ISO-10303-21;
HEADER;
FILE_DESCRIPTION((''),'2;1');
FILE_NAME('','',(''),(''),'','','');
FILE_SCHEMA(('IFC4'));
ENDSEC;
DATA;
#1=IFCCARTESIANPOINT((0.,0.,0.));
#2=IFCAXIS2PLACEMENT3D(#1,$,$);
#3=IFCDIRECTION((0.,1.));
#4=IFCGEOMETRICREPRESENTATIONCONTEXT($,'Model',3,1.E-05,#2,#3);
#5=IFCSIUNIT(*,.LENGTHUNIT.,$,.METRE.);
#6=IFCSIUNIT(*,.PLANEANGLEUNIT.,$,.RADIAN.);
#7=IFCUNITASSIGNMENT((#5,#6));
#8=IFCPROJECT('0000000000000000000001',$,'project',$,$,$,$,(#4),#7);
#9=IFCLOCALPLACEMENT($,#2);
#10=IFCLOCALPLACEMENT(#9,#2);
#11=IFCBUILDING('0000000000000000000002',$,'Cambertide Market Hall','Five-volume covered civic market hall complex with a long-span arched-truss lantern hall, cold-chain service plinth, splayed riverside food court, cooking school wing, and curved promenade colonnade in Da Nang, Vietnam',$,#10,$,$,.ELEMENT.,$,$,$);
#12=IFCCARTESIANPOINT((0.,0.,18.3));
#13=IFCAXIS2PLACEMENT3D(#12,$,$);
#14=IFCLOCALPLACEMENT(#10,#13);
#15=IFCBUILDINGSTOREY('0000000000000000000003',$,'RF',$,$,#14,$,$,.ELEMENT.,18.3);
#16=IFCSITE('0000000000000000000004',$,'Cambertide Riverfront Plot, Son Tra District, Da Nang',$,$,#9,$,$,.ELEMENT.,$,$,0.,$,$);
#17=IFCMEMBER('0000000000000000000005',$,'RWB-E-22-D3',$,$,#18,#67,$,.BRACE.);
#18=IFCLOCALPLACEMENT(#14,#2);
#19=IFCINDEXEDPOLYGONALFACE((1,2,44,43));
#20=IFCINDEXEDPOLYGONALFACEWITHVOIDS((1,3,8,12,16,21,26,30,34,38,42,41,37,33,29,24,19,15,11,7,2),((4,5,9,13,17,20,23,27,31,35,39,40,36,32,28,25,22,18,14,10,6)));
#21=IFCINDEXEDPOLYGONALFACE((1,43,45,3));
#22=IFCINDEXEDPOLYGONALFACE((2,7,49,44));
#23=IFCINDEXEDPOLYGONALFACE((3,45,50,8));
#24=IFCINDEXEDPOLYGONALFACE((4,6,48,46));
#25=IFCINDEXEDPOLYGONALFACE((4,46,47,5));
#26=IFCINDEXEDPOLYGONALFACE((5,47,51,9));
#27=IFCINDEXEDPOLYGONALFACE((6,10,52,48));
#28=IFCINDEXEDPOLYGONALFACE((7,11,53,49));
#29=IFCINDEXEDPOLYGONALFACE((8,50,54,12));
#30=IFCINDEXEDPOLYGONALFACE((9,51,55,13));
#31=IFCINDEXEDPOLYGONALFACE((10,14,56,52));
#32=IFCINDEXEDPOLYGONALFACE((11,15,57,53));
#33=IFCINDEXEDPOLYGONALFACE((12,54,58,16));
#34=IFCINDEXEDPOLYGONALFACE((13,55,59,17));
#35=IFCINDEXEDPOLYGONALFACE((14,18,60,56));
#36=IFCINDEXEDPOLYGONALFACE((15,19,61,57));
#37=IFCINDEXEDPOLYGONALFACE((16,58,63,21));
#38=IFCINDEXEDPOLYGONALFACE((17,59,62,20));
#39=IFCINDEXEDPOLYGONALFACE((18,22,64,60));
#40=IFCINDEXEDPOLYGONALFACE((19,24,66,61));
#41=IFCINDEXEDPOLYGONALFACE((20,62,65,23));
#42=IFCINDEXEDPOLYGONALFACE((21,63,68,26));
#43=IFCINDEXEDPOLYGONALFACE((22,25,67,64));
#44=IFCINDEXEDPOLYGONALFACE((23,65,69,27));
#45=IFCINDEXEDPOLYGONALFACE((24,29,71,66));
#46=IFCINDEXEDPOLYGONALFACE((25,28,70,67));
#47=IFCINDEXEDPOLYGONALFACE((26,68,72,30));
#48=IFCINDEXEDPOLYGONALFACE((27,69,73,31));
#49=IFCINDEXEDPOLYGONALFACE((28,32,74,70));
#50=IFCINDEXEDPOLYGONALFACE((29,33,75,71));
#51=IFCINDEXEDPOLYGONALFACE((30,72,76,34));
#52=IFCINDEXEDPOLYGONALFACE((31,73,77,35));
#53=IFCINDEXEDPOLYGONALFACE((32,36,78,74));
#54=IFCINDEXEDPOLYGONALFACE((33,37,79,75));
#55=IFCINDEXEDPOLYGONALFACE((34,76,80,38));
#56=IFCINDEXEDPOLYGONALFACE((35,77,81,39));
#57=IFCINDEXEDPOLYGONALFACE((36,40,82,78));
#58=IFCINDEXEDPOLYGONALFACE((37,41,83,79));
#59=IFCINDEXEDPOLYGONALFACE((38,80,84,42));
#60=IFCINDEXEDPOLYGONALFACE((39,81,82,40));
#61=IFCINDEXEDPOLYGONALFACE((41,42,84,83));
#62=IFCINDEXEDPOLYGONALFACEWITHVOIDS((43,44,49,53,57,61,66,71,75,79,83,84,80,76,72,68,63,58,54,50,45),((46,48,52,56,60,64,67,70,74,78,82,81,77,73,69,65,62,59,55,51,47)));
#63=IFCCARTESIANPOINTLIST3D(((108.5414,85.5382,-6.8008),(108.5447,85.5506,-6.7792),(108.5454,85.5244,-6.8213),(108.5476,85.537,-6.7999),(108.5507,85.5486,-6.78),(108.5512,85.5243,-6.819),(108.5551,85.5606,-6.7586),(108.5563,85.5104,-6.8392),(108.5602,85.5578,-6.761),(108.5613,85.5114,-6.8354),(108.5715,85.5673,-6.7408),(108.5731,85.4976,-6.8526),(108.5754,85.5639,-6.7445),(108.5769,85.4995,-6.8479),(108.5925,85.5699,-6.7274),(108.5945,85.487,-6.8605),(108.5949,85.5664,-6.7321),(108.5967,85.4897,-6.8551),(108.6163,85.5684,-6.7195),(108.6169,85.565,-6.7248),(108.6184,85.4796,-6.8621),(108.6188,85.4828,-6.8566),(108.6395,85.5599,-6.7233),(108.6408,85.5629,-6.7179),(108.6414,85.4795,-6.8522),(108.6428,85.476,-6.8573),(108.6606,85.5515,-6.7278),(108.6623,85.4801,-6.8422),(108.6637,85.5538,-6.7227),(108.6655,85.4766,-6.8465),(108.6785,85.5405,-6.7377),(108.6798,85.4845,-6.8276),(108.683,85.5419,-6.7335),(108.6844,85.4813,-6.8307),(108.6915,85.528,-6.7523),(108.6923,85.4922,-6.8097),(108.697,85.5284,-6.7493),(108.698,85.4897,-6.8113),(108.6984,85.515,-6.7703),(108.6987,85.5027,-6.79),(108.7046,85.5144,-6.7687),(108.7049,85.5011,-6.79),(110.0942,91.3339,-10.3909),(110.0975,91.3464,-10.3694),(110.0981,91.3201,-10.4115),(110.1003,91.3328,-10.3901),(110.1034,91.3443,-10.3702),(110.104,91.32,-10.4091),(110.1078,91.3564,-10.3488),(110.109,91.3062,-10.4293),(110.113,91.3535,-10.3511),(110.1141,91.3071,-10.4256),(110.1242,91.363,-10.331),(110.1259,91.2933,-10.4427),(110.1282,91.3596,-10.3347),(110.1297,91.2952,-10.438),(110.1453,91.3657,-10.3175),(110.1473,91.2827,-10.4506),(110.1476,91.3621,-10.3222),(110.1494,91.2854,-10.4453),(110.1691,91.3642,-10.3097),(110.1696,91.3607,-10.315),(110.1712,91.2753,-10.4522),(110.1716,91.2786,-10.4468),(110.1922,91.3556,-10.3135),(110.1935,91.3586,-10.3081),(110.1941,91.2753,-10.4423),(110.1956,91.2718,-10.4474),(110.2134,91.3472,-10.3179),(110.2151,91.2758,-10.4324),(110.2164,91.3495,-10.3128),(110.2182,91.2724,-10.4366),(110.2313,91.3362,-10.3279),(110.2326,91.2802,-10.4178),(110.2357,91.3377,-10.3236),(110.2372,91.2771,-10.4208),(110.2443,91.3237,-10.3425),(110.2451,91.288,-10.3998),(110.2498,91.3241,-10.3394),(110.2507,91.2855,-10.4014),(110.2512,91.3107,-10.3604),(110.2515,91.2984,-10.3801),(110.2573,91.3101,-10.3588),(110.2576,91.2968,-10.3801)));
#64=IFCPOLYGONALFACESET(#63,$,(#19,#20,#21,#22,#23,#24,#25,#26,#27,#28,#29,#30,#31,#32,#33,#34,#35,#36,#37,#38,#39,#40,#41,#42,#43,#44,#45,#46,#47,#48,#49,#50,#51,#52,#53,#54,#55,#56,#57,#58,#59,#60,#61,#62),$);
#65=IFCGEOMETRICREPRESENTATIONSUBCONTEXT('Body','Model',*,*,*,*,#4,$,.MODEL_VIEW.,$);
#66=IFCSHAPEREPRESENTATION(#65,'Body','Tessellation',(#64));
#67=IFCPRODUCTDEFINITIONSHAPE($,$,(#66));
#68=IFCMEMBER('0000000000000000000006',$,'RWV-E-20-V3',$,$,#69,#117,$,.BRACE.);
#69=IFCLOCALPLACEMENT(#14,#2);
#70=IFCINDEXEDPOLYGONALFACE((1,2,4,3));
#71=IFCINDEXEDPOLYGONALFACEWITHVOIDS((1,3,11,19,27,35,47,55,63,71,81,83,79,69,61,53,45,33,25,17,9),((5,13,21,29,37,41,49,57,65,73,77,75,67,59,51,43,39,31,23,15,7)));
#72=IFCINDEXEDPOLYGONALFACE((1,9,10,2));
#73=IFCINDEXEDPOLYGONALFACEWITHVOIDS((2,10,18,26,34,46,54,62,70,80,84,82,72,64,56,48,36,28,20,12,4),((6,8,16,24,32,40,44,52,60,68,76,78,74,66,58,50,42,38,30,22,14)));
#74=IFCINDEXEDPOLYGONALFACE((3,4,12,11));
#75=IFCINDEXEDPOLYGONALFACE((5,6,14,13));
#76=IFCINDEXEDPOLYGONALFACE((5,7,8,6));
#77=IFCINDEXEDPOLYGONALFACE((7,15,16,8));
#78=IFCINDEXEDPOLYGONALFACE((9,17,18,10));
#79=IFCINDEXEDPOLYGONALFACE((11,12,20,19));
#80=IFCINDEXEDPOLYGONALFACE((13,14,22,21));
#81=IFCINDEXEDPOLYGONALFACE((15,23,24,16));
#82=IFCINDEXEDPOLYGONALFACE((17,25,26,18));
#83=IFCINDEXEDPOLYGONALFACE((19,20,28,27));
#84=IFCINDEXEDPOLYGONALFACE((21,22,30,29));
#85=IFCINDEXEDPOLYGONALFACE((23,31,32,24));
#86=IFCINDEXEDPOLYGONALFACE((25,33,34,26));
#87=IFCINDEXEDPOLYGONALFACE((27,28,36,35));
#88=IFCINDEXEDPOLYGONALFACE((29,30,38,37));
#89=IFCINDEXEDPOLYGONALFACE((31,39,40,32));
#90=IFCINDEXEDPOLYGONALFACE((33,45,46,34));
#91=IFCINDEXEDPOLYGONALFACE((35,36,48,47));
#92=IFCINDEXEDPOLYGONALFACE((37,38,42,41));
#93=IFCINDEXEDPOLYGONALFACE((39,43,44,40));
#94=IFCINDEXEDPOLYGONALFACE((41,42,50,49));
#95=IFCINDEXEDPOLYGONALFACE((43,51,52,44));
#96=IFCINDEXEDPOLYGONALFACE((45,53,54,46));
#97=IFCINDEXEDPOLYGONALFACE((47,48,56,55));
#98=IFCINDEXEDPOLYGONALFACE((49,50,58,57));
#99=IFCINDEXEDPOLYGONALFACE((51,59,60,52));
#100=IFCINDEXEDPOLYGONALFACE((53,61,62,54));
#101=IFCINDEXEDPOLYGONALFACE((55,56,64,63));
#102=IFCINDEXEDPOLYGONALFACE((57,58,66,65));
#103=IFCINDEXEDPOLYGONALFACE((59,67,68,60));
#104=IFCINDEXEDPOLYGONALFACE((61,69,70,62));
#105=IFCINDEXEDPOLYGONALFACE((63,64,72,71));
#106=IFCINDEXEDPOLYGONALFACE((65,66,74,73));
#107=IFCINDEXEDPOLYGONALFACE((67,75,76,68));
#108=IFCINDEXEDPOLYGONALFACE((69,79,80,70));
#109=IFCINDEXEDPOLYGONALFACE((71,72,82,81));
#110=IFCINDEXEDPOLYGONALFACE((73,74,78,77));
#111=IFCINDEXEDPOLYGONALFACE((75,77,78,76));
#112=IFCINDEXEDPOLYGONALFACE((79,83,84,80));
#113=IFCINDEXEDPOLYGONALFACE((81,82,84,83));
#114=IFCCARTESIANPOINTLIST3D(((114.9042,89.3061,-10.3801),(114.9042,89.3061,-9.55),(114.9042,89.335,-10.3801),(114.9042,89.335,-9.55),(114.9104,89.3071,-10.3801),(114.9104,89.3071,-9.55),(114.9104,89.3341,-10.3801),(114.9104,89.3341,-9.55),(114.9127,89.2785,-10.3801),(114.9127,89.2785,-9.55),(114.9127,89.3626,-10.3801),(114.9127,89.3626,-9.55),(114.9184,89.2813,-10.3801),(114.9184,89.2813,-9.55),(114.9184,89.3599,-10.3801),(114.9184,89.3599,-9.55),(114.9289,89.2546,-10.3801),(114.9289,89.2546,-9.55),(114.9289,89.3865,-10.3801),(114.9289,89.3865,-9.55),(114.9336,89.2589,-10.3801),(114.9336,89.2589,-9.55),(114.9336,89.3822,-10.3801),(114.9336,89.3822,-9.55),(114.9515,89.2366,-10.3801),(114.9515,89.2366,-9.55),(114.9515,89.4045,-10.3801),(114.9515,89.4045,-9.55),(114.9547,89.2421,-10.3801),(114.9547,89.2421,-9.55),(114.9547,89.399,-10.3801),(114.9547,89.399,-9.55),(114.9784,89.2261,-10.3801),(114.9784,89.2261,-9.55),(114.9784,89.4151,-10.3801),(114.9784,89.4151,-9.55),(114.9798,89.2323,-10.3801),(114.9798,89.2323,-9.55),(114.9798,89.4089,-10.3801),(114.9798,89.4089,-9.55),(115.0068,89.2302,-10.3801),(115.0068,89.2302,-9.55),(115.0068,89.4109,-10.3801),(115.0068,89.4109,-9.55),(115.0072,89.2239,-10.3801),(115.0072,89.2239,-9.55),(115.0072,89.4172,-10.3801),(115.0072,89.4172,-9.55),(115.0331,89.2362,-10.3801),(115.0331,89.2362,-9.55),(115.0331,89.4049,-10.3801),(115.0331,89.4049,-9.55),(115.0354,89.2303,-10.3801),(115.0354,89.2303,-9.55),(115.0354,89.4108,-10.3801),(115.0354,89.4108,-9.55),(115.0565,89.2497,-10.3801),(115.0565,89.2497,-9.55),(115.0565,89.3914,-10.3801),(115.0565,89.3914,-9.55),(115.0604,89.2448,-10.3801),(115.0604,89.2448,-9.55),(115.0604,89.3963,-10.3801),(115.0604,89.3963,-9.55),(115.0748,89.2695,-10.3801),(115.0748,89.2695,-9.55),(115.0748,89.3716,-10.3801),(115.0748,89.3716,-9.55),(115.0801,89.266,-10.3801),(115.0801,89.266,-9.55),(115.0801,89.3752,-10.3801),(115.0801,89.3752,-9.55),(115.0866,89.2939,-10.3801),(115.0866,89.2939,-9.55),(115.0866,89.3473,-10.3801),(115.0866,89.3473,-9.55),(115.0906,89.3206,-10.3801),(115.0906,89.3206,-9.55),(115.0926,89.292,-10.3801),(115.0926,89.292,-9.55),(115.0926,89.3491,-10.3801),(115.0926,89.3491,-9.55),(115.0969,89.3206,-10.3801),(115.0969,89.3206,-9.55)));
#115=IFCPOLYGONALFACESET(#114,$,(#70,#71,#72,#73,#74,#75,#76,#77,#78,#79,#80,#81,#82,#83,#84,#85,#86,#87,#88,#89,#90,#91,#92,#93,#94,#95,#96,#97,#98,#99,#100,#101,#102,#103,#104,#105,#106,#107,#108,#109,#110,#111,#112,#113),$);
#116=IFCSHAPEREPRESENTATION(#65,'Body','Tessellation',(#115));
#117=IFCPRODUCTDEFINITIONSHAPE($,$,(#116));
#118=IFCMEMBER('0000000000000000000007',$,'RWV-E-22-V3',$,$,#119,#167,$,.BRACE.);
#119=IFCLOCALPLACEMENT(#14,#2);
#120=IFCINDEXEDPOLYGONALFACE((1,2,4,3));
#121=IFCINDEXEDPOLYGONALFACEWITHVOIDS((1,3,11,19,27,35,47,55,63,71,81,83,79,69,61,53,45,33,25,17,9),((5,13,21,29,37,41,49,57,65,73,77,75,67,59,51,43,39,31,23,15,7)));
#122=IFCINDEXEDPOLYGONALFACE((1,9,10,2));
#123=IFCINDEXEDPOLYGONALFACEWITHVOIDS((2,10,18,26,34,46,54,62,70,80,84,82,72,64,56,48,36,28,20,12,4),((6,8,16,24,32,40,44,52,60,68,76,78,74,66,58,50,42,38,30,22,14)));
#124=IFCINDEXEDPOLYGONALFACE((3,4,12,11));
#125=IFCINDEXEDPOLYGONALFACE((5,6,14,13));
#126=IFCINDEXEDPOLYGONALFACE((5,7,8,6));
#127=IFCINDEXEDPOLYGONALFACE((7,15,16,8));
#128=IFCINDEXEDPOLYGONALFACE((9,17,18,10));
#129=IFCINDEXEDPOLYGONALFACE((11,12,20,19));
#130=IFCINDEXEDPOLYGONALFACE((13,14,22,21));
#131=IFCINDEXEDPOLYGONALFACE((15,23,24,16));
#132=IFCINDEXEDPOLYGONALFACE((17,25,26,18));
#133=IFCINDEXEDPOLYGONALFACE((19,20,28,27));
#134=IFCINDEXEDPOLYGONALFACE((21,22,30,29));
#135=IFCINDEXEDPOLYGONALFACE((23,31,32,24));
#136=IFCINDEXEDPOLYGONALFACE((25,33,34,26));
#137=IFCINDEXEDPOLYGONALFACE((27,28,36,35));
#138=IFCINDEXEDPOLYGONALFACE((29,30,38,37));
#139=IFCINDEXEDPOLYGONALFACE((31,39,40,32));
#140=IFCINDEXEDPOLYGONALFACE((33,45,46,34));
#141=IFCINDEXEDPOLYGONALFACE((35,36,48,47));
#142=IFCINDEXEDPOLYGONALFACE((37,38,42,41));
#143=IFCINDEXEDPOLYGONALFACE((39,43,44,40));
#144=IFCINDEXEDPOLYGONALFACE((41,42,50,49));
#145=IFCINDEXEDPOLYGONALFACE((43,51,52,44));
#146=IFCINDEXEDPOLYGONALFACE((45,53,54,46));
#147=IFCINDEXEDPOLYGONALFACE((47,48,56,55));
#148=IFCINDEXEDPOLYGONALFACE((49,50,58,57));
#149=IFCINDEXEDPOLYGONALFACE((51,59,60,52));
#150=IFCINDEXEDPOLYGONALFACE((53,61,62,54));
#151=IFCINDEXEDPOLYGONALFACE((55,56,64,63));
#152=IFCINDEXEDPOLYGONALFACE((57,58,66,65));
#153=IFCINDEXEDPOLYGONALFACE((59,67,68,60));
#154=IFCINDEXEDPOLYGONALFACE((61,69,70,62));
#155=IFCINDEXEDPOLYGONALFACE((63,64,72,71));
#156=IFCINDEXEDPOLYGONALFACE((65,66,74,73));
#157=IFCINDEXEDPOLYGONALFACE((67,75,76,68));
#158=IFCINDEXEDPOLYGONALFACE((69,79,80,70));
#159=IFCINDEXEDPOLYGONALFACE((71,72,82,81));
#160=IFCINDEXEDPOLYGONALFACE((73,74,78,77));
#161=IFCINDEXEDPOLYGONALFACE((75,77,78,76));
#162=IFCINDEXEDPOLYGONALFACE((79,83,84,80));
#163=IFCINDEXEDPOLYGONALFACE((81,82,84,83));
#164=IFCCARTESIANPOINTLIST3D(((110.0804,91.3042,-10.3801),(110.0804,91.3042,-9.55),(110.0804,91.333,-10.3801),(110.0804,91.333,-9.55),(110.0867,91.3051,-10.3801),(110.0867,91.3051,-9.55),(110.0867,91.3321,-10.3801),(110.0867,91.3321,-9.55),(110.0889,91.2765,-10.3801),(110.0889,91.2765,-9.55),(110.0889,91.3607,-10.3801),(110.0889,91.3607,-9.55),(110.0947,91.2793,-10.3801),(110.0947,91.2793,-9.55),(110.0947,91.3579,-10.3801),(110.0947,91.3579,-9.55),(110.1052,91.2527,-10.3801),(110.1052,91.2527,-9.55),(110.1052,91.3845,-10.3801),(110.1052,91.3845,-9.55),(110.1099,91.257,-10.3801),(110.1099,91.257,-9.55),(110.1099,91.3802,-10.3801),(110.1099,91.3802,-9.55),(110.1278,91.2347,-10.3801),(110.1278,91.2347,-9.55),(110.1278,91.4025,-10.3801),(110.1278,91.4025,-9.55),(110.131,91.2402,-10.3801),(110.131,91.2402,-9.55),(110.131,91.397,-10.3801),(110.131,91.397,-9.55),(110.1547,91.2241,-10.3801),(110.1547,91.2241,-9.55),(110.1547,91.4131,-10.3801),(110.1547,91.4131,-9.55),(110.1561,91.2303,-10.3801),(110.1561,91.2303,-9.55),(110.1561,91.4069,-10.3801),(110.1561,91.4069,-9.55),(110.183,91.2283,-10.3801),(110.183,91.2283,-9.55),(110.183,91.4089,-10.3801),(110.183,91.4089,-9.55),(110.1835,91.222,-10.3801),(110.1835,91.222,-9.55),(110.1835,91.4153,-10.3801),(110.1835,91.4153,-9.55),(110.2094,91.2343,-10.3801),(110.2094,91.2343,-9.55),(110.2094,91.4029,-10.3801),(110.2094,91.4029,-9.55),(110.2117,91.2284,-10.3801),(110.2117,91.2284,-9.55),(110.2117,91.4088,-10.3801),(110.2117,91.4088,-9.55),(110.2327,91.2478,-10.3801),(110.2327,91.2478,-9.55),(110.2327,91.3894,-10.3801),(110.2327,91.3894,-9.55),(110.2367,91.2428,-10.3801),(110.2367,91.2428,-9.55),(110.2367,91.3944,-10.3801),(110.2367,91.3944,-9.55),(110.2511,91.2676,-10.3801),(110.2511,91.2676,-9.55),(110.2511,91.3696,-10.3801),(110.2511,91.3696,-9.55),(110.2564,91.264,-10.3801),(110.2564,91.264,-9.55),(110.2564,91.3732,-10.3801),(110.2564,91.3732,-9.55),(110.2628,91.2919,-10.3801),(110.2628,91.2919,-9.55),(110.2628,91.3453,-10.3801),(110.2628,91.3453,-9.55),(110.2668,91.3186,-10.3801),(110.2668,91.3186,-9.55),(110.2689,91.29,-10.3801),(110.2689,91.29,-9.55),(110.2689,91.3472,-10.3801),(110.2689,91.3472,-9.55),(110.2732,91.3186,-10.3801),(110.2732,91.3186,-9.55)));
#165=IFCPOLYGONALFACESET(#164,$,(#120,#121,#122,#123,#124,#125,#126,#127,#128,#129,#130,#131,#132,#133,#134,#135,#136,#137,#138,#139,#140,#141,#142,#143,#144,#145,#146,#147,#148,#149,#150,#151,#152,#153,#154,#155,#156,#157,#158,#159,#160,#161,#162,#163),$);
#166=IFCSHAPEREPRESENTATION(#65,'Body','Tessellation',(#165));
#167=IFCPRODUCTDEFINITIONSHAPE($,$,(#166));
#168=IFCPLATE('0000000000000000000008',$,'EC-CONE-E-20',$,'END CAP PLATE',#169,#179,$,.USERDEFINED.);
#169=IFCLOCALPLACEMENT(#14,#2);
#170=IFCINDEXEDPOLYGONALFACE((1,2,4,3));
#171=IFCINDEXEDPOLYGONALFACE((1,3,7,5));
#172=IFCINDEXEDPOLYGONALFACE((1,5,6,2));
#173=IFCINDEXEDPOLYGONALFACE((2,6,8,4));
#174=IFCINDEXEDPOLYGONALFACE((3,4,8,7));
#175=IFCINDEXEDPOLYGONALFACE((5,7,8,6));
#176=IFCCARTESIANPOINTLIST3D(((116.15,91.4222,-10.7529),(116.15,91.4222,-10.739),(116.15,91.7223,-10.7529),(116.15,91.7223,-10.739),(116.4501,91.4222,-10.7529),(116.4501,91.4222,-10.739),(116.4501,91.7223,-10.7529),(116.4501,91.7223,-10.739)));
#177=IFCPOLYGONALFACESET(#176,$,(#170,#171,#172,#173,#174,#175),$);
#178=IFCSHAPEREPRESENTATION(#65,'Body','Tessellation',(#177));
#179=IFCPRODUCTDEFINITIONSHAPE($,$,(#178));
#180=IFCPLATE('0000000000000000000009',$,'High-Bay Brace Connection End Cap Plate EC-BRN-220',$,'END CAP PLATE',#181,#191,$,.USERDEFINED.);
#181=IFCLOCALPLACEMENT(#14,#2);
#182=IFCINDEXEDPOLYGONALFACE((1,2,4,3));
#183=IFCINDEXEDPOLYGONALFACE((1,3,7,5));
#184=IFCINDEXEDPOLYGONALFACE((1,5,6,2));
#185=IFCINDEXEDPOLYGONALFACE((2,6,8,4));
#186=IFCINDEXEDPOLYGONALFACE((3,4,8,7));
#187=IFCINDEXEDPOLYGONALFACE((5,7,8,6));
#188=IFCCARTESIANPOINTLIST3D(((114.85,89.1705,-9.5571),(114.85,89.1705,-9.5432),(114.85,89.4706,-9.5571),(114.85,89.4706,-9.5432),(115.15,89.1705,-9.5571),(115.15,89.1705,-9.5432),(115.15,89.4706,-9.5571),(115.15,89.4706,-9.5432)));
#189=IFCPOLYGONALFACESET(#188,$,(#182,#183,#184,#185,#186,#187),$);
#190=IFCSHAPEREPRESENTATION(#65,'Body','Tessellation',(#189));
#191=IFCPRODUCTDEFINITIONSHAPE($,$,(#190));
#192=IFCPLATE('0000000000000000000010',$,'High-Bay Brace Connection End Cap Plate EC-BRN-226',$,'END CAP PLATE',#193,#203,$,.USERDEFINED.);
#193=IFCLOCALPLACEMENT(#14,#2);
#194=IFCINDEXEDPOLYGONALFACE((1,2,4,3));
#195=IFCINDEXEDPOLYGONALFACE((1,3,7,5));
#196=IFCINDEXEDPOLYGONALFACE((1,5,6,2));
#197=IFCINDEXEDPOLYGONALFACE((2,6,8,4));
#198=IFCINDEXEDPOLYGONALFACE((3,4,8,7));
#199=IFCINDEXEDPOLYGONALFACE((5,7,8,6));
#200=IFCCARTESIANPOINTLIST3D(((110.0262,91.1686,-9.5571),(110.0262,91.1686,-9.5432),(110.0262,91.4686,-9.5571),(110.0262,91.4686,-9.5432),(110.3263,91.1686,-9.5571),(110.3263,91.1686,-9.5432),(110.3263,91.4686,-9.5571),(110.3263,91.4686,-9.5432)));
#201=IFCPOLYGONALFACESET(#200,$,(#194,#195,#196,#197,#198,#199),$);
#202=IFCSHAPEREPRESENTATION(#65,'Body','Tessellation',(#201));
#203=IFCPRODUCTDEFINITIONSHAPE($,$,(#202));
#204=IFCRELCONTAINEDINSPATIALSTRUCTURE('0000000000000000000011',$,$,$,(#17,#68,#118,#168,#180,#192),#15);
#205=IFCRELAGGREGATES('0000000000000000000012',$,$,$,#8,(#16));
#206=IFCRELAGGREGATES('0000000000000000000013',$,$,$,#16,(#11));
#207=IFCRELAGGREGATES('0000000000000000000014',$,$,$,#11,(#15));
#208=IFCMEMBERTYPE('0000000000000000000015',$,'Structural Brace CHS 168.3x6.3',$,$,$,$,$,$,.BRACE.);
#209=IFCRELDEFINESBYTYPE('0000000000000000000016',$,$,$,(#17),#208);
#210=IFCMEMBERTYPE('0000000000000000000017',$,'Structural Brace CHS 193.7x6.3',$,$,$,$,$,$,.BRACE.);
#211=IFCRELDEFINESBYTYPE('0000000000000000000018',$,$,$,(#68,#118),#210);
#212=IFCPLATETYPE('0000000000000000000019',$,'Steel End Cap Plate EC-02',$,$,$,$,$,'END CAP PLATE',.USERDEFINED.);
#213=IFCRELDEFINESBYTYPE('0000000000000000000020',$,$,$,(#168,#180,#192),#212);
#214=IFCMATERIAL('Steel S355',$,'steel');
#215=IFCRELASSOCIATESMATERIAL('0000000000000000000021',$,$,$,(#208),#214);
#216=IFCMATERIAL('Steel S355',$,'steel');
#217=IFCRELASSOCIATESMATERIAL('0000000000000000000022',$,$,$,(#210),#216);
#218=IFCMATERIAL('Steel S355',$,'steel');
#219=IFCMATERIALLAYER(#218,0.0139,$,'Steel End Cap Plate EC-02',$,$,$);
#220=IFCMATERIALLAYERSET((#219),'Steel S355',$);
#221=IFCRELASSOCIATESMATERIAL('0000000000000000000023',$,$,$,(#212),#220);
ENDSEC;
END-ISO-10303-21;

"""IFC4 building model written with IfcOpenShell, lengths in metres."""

from ifc_helpers import new_model, si_unit, direction, frame, origin, origin_2d, place, context, subcontext, project, spatial, rectangle, hollow_circle, extrude, material, layer, layer_set, material_profile, profile_set, type_object, element, save


model = new_model("IFC4")

# Units and contexts
model_context = context("Model", 3, precision=1e-05, world=origin(), true_north=direction((0.0, 1.0)))
body_context = subcontext(model_context, "Body", "Model", "MODEL_VIEW")
ifc_project = project(units=[si_unit("LENGTHUNIT", "METRE"), si_unit("PLANEANGLEUNIT", "RADIAN")], contexts=[model_context])

# Site, building, storey
site_placement = place(None, origin())
site = spatial("IfcSite", under=ifc_project, at=site_placement, Name="Cambertide Riverfront Plot, Son Tra District, Da Nang", CompositionType="ELEMENT", RefElevation=0.0)
building_placement = place(site_placement, origin())
building = spatial("IfcBuilding", under=site, at=building_placement, Name="Cambertide Market Hall", Description="Five-volume covered civic market hall complex with a long-span arched-truss lantern hall, cold-chain service plinth, splayed riverside food court, cooking school wing, and curved promenade colonnade in Da Nang, Vietnam", CompositionType="ELEMENT")
storey_placement = place(building_placement, frame((0.0, 0.0, 18.3)))
storey = spatial("IfcBuildingStorey", under=building, at=storey_placement, Name="RF", CompositionType="ELEMENT", Elevation=18.3)

# Members
ifc_material_1 = material(Name="Steel S355", Category="steel")
ifc_material_profile_1 = material_profile(ifc_material_1, hollow_circle(Radius=0.0842, WallThickness=0.0063, at=origin_2d()), Name="CHS 168.3x6.3")
ifc_profile_set_1 = profile_set([ifc_material_profile_1], Name="Steel S355")
member_type_1 = type_object("IfcMemberType", Name="Structural Brace CHS 168.3x6.3", PredefinedType="BRACE", material=ifc_profile_set_1)
member_1_placement = place(storey_placement, frame((110.1763, 91.3186, -10.3801), z_axis=(-0.22207, -0.828887, 0.51345), x_axis=(0.965934, -0.258787, 0.0)))
element("IfcMember", 1, at=member_1_placement, inside=storey, type_object=member_type_1, Name="RWB-E-22-D3", PredefinedType="BRACE", context=body_context, shape_type="SweptSolid", body=[
    extrude(hollow_circle(Radius=0.0842, WallThickness=0.0063, at=origin_2d()), origin(), (0.0, 0.0, 1.0), 6.9922),
])
ifc_material_2 = material(Name="Steel S355", Category="steel")
ifc_material_profile_2 = material_profile(ifc_material_2, hollow_circle(Radius=0.0969, WallThickness=0.0063, at=origin_2d()), Name="CHS 193.7x6.3")
ifc_profile_set_2 = profile_set([ifc_material_profile_2], Name="Steel S355")
member_type_2 = type_object("IfcMemberType", Name="Structural Brace CHS 193.7x6.3", PredefinedType="BRACE", material=ifc_profile_set_2)
for number, where, z_axis, x_axis, name in (
    (2, (115.0, 89.3206, -10.3801), (0.0, 0.0, 1.0), (1.0, 0.0, 0.0), "RWV-E-20-V3"),
    (3, (110.1763, 91.3186, -10.3801), (0.0, 0.0, 1.0), (1.0, 0.0, 0.0), "RWV-E-22-V3"),
):
    element("IfcMember", number, at=place(storey_placement, frame(where, z_axis=z_axis, x_axis=x_axis)), inside=storey, type_object=member_type_2, Name=name, PredefinedType="BRACE", context=body_context, shape_type="SweptSolid", body=[
        extrude(hollow_circle(Radius=0.0969, WallThickness=0.0063, at=origin_2d()), origin(), (0.0, 0.0, 1.0), 0.8301),
    ])

# Plates
ifc_material_3 = material(Name="Steel S355", Category="steel")
ifc_layer_1 = layer(ifc_material_3, 0.0139, Name="Steel End Cap Plate EC-02")
ifc_layer_set_1 = layer_set([ifc_layer_1], Name="Steel S355")
plate_type_1 = type_object("IfcPlateType", Name="Steel End Cap Plate EC-02", ElementType="END CAP PLATE", PredefinedType="USERDEFINED", material=ifc_layer_set_1)
for number, where, z_axis, x_axis, name in (
    (4, (116.3, 91.5723, -10.7529), (0.0, 0.0, 1.0), (1.0, 0.0, 0.0), "EC-CONE-E-20"),
    (5, (115.0, 89.3206, -9.5571), (0.0, 0.0, 1.0), (1.0, 0.0, 0.0), "High-Bay Brace Connection End Cap Plate EC-BRN-220"),
    (6, (110.1763, 91.3186, -9.5571), (0.0, 0.0, 1.0), (1.0, 0.0, 0.0), "High-Bay Brace Connection End Cap Plate EC-BRN-226"),
):
    element("IfcPlate", number, at=place(storey_placement, frame(where, z_axis=z_axis, x_axis=x_axis)), inside=storey, type_object=plate_type_1, Name=name, ObjectType="END CAP PLATE", PredefinedType="USERDEFINED", context=body_context, shape_type="SweptSolid", body=[
        extrude(rectangle(XDim=0.3, YDim=0.3, at=origin_2d()), origin(), (0.0, 0.0, 1.0), 0.0139),
    ])

save(model, "model.ifc")
